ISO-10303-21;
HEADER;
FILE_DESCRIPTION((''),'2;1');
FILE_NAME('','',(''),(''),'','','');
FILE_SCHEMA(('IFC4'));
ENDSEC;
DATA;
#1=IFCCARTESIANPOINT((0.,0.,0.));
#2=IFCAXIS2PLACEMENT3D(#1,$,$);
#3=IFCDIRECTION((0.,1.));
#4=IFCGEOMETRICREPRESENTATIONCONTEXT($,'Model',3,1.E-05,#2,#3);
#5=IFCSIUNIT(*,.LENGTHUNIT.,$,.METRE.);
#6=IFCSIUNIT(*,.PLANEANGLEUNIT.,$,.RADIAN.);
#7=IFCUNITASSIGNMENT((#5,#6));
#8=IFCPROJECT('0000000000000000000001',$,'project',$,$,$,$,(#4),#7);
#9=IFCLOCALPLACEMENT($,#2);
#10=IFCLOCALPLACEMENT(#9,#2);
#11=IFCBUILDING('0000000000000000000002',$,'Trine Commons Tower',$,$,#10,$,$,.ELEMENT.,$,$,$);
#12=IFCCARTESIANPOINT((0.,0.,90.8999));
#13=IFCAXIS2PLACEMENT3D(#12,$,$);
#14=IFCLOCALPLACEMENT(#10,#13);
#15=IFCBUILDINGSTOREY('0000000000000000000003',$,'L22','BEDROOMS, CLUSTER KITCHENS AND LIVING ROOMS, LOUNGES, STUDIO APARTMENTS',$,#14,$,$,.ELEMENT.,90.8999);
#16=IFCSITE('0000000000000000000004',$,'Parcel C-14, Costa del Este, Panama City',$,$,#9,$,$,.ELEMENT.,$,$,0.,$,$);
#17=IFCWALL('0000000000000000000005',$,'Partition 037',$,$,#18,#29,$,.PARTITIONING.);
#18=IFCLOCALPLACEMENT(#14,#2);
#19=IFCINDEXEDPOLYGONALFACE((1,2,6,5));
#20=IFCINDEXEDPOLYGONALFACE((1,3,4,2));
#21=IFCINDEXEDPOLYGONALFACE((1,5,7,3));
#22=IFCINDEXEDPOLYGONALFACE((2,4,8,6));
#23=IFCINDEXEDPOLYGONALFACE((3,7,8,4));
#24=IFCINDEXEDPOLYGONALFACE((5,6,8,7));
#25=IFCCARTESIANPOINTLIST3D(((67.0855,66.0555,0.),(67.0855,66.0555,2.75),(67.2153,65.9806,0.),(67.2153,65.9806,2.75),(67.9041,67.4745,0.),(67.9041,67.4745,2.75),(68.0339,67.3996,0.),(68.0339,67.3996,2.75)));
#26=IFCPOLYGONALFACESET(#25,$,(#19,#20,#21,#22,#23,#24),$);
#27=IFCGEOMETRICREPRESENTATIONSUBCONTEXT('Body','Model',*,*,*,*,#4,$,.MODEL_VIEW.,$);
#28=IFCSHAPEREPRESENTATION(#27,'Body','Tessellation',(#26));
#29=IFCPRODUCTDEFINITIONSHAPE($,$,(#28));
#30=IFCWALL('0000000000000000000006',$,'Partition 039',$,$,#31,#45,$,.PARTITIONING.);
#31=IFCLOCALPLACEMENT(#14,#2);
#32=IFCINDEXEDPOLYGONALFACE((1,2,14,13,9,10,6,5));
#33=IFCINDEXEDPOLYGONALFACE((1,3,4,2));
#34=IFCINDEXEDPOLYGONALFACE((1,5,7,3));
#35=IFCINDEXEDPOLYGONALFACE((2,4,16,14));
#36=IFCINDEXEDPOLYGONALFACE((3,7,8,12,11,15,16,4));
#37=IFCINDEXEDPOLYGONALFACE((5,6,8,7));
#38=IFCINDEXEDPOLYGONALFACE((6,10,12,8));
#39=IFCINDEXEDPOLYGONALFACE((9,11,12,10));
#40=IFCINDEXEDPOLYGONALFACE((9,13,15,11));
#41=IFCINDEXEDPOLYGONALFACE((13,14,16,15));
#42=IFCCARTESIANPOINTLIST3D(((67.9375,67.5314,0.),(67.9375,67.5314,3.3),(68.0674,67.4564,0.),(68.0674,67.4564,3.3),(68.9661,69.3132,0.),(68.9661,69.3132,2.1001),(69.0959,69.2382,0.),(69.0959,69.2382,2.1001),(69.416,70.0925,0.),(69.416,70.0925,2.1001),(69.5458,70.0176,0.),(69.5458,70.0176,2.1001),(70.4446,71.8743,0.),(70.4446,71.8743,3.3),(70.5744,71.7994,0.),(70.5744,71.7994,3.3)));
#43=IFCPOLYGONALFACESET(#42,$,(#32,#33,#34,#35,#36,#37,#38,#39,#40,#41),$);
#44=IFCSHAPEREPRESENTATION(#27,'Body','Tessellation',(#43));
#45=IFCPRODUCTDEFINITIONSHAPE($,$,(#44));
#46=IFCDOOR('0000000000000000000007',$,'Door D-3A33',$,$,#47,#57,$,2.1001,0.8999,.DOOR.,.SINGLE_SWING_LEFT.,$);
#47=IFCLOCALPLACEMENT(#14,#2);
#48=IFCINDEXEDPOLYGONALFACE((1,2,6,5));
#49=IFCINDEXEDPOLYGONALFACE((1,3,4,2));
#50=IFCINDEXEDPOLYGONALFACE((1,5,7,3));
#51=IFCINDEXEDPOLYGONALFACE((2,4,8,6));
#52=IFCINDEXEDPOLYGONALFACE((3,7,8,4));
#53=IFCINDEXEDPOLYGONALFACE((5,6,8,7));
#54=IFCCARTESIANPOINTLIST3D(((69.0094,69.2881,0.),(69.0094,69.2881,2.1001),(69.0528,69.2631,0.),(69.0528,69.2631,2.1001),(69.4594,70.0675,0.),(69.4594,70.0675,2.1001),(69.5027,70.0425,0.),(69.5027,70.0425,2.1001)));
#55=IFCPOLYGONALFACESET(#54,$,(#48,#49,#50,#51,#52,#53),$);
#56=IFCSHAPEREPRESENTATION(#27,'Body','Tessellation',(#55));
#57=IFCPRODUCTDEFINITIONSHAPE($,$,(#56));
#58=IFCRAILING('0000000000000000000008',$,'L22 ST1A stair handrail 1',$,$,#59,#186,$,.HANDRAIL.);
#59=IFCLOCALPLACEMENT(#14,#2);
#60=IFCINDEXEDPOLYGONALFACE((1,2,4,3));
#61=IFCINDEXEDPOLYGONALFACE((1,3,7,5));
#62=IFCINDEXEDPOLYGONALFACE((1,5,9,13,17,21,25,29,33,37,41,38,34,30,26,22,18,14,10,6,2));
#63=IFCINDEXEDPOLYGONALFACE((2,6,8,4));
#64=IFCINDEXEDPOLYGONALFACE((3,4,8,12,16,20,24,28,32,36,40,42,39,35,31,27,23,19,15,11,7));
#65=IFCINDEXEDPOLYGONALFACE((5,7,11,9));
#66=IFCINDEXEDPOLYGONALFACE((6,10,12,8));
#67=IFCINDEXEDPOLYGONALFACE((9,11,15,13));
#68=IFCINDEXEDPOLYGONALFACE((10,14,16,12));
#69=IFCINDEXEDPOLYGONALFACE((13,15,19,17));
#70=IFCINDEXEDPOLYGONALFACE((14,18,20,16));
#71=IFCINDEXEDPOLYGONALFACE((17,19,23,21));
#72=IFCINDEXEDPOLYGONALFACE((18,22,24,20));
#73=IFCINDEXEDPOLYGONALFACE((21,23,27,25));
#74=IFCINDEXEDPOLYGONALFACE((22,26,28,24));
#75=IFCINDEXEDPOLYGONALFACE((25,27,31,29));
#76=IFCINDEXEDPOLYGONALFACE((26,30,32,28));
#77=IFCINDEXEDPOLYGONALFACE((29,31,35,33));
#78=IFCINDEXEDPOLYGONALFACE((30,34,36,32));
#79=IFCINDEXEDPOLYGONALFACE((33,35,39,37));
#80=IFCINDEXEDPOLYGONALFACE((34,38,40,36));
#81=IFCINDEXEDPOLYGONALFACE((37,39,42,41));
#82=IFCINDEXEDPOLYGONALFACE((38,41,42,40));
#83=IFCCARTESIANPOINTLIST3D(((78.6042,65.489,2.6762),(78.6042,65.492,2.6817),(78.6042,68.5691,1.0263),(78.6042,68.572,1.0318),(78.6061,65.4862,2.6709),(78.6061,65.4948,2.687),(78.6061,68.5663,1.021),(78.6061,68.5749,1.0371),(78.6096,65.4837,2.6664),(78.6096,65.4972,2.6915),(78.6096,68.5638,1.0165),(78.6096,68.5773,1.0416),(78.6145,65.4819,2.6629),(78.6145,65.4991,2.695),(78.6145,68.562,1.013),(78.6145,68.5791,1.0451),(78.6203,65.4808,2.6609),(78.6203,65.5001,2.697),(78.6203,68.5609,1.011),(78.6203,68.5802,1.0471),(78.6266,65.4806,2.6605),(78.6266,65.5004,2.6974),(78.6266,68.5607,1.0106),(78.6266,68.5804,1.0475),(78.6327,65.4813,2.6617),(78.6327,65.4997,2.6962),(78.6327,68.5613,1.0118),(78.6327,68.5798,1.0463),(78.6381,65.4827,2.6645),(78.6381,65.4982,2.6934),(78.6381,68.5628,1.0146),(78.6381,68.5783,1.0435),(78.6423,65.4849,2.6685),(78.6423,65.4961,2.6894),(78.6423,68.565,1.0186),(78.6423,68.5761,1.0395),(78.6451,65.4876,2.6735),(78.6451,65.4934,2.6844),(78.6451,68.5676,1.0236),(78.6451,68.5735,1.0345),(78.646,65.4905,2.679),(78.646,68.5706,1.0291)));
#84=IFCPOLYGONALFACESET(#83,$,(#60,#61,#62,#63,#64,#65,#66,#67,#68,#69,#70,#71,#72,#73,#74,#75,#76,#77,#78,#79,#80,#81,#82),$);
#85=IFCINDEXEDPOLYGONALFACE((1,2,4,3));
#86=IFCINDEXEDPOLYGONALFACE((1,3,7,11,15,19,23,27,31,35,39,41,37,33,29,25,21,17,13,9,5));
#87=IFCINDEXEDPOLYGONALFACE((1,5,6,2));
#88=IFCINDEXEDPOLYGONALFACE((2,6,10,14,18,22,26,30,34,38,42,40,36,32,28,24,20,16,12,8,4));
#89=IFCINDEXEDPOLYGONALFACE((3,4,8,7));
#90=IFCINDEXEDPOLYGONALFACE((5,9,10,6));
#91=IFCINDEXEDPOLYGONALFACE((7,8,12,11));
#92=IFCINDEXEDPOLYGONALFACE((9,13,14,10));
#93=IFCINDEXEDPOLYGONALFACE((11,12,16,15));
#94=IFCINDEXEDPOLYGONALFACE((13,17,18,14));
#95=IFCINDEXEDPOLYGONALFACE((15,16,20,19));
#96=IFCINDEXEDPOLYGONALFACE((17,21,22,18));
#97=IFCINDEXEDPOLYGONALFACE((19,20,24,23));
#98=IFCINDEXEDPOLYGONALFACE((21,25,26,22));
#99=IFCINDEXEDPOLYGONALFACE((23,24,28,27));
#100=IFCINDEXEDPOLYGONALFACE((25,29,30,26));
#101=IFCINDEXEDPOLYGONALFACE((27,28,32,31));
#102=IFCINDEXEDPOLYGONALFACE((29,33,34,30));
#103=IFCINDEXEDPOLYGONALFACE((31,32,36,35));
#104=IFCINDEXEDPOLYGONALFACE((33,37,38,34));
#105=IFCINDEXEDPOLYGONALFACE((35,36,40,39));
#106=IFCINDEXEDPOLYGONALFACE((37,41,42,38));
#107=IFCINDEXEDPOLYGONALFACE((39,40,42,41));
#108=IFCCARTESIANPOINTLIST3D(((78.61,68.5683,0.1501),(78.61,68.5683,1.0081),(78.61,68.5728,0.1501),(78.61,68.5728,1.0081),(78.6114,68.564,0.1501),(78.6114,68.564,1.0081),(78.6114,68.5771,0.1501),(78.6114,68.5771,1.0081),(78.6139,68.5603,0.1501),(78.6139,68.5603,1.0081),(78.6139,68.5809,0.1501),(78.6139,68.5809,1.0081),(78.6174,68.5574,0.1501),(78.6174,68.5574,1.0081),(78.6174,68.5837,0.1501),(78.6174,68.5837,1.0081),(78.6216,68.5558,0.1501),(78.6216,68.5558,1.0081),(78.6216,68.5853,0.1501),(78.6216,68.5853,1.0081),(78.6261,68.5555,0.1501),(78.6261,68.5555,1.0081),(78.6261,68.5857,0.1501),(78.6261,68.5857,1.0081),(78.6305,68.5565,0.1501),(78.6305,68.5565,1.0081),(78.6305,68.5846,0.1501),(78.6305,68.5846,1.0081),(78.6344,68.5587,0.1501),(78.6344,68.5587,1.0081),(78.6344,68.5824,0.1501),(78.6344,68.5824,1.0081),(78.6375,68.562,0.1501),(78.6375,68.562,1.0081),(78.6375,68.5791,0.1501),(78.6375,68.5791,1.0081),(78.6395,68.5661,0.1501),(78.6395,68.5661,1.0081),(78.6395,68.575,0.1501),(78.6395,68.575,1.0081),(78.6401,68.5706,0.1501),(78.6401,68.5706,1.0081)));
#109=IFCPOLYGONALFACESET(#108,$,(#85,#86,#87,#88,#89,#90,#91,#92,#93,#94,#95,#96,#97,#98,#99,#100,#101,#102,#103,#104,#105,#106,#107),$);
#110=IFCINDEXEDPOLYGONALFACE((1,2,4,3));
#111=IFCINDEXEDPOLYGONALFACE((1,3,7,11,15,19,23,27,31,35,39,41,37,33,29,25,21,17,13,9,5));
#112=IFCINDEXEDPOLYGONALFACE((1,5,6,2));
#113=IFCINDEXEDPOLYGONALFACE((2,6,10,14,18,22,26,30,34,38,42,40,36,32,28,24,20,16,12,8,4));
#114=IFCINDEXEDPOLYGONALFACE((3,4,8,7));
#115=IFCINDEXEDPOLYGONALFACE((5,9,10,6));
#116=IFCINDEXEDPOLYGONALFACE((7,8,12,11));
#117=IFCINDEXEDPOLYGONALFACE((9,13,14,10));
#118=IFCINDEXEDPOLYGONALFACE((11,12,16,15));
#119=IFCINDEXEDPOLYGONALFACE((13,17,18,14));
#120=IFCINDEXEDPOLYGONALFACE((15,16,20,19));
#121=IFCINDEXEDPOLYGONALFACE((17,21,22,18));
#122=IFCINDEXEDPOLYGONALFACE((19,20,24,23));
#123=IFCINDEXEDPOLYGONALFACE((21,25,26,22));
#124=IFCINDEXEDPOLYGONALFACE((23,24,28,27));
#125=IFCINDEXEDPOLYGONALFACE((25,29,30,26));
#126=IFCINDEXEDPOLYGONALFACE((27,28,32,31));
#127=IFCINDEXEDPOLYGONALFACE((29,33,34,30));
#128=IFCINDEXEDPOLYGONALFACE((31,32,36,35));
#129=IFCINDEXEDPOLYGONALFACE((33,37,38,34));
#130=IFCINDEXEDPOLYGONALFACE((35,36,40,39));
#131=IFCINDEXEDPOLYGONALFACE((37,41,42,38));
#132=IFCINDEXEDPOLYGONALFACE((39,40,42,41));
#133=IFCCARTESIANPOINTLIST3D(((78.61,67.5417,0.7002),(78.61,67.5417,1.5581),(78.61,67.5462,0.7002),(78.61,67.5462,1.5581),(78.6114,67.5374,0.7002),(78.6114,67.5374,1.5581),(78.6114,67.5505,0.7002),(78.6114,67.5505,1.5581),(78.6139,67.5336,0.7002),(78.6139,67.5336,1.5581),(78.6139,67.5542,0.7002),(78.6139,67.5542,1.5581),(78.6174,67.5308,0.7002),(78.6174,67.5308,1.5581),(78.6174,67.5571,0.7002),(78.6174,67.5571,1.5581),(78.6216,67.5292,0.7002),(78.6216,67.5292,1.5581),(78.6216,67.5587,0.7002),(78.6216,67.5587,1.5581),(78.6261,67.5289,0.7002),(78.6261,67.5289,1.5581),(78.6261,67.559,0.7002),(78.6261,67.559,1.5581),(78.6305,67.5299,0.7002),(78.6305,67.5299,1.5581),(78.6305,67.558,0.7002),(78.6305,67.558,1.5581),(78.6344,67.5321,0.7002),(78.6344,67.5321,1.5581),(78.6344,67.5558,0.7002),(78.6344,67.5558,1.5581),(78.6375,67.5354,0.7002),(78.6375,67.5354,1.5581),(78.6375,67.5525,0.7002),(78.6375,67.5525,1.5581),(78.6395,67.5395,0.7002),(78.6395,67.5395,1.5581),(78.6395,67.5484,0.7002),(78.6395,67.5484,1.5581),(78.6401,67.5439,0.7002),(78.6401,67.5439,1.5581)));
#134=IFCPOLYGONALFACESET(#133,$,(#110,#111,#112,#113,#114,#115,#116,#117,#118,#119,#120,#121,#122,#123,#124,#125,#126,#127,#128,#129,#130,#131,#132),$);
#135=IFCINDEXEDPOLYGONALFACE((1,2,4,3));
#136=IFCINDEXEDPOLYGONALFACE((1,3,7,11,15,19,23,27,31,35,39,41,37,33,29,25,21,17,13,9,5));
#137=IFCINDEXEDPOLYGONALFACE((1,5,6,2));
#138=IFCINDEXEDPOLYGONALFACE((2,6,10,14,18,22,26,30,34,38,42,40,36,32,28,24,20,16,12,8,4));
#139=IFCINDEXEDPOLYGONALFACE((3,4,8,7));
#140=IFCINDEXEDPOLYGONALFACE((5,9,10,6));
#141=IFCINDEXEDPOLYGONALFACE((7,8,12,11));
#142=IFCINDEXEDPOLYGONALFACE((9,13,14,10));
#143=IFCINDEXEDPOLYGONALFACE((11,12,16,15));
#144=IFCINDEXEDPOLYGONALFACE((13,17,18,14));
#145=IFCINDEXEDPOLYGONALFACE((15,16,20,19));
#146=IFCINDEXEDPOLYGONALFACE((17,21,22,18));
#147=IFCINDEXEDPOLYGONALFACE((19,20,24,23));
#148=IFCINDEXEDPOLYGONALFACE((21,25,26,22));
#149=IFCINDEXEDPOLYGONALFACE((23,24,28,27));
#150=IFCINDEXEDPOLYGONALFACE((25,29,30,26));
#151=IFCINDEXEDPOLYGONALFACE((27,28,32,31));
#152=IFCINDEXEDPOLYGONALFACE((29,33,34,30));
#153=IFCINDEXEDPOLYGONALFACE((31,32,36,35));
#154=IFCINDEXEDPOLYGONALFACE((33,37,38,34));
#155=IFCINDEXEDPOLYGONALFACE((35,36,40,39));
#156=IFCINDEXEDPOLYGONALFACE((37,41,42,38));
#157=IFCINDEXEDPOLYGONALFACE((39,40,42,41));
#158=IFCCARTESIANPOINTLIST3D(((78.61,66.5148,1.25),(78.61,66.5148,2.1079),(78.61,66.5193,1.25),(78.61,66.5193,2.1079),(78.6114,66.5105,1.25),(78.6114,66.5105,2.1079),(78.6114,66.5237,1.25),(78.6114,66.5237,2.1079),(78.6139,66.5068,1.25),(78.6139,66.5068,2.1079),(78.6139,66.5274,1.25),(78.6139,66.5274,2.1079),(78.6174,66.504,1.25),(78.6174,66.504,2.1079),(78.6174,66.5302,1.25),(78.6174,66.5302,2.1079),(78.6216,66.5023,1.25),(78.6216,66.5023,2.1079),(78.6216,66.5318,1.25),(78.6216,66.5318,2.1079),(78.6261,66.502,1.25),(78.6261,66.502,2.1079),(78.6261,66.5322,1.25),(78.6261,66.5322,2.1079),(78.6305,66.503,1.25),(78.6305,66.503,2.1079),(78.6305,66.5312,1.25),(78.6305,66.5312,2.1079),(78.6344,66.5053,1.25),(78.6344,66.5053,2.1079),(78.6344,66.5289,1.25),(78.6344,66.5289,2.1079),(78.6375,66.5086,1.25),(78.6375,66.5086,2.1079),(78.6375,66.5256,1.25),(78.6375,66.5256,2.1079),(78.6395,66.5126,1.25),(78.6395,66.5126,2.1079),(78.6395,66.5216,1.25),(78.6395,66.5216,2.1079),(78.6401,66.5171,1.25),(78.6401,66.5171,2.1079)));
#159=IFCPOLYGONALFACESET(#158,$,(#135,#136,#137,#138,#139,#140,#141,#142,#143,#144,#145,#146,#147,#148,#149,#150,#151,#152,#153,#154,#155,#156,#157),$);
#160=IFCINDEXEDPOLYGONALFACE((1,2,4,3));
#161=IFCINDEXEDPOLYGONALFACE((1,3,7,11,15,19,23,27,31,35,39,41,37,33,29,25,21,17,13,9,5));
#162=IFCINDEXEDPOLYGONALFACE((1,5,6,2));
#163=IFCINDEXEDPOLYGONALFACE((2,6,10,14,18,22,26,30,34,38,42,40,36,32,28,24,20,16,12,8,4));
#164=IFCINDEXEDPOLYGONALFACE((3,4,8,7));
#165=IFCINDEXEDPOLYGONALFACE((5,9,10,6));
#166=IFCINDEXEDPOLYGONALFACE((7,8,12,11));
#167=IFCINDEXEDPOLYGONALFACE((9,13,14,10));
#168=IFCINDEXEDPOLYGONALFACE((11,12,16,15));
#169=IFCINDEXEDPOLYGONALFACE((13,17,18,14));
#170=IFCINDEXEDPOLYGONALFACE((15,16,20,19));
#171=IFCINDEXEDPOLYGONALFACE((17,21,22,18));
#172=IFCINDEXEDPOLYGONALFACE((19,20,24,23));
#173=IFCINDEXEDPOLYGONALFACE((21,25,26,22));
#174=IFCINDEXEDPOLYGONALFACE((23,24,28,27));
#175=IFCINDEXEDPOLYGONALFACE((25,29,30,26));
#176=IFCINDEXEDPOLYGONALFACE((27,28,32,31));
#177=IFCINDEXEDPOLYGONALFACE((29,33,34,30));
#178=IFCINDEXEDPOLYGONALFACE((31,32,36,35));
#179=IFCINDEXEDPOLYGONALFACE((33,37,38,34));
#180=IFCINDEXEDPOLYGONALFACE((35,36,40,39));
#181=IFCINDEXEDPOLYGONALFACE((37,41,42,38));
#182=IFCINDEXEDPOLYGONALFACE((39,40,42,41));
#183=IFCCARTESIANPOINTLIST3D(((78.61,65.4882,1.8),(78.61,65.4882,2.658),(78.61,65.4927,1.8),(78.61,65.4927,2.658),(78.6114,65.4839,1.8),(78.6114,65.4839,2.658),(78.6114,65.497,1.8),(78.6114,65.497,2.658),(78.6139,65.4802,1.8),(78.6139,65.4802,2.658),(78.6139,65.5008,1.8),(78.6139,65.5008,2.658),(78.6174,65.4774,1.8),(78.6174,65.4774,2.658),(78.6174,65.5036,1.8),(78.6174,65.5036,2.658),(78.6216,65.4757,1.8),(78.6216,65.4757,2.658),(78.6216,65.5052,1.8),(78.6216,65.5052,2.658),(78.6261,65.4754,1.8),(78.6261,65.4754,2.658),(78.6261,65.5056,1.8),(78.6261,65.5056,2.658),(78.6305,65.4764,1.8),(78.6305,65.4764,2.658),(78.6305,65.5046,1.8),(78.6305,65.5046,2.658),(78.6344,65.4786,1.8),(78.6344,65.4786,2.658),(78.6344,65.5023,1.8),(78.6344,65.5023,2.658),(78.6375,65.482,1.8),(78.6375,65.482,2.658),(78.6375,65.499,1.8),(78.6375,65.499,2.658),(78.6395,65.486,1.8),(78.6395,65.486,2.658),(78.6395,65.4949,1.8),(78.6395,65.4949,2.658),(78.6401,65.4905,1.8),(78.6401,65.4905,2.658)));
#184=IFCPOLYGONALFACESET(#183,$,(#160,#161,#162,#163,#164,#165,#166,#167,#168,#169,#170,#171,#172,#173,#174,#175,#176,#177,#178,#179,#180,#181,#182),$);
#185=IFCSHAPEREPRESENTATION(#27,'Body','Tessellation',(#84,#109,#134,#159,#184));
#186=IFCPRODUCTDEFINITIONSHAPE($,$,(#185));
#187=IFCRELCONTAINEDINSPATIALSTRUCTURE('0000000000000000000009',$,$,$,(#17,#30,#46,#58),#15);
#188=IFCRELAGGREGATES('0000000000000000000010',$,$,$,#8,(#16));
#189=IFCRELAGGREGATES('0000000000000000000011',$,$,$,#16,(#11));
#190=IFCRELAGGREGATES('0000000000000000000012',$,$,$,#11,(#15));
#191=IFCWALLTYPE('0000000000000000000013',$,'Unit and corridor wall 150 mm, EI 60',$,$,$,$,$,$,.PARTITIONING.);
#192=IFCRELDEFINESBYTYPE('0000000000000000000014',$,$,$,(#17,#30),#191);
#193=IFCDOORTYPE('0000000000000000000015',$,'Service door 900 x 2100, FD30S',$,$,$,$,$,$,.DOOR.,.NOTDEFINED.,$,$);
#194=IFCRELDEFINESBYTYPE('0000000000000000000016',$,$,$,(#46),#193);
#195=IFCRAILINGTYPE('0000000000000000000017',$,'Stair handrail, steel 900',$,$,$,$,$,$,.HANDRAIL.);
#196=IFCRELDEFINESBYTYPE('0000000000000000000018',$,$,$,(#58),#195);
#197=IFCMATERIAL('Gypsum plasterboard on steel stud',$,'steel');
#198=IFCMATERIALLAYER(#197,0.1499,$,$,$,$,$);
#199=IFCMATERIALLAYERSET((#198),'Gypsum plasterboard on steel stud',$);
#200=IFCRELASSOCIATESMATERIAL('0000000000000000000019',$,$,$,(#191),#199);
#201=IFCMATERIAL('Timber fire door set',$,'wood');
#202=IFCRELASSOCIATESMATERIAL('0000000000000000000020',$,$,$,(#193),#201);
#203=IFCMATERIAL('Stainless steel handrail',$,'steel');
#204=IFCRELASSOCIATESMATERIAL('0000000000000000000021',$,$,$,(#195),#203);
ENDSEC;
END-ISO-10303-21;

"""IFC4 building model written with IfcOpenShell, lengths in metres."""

from ifc_helpers import new_model, si_unit, direction, frame, frame_2d, origin, origin_2d, place, context, subcontext, project, spatial, rectangle, circle, extrude, material, layer, layer_set, type_object, element, fill, save


model = new_model("IFC4")

# Units and contexts
model_context = context("Model", 3, precision=1e-05, world=origin(), true_north=direction((0.0, 1.0)))
body_context = subcontext(model_context, "Body", "Model", "MODEL_VIEW")
ifc_project = project(units=[si_unit("LENGTHUNIT", "METRE"), si_unit("PLANEANGLEUNIT", "RADIAN")], contexts=[model_context])

# Site, building, storey
site_placement = place(None, origin())
site = spatial("IfcSite", under=ifc_project, at=site_placement, Name="Parcel C-14, Costa del Este, Panama City", CompositionType="ELEMENT", RefElevation=0.0)
building_placement = place(site_placement, origin())
building = spatial("IfcBuilding", under=site, at=building_placement, Name="Trine Commons Tower", CompositionType="ELEMENT")
storey_placement = place(building_placement, frame((0.0, 0.0, 90.8999)))
storey = spatial("IfcBuildingStorey", under=building, at=storey_placement, Name="L22", Description="BEDROOMS, CLUSTER KITCHENS AND LIVING ROOMS, LOUNGES, STUDIO APARTMENTS", CompositionType="ELEMENT", Elevation=90.8999)

# Shared definitions
ifc_material_1 = material(Name="Gypsum plasterboard on steel stud", Category="steel")
ifc_layer_1 = layer(ifc_material_1, 0.1499)
ifc_layer_set_1 = layer_set([ifc_layer_1], Name="Gypsum plasterboard on steel stud")
wall_type_1 = type_object("IfcWallType", Name="Unit and corridor wall 150 mm, EI 60", PredefinedType="PARTITIONING", material=ifc_layer_set_1)

# Wall
wall_1_placement = place(storey_placement, frame((67.1504, 66.0181, 0.0), z_axis=(0.0, 0.0, 1.0), x_axis=(0.499714, 0.866191, 0.0)))
element("IfcWall", 1, at=wall_1_placement, inside=storey, type_object=wall_type_1, Name="Partition 037", PredefinedType="PARTITIONING", context=body_context, shape_type="SweptSolid", body=[
    extrude(rectangle(XDim=1.6382, YDim=0.1499, at=frame_2d((0.8191, 0.0))), origin(), (0.0, 0.0, 1.0), 2.75),
])

# Wall, opening, door
wall_2_placement = place(storey_placement, frame((68.0024, 67.4939, 0.0), z_axis=(0.0, 0.0, 1.0), x_axis=(0.499946, 0.866057, 0.0)))
wall_2 = element("IfcWall", 2, at=wall_2_placement, inside=storey, type_object=wall_type_1, Name="Partition 039", PredefinedType="PARTITIONING", context=body_context, shape_type="SweptSolid", body=[
    extrude(rectangle(XDim=5.0146, YDim=0.1499, at=frame_2d((2.5073, 0.0))), origin(), (0.0, 0.0, 1.0), 3.3),
])
opening_1_placement = place(wall_2_placement, frame((2.0574, 0.0, 0.0)))
opening_1 = element("IfcOpeningElement", 3, at=opening_1_placement, cuts=wall_2, PredefinedType="OPENING", context=body_context, shape_type="SweptSolid", body=[
    extrude(rectangle(XDim=0.8999, YDim=2.1001, at=frame_2d((0.45, 1.05))), frame((0.0, 0.085, 0.0), z_axis=(0.0, -1.0, 0.0), x_axis=(1.0, 0.0, 0.0)), (0.0, 0.0, 1.0), 0.1699),
])
ifc_material_2 = material(Name="Timber fire door set", Category="wood")
door_type_1 = type_object("IfcDoorType", Name="Service door 900 x 2100, FD30S", OperationType="NOTDEFINED", PredefinedType="DOOR", material=ifc_material_2)
door_1_placement = place(opening_1_placement, origin())
door_1 = element("IfcDoor", 4, at=door_1_placement, inside=storey, type_object=door_type_1, Name="Door D-3A33", OperationType="SINGLE_SWING_LEFT", OverallHeight=2.1001, OverallWidth=0.8999, PredefinedType="DOOR", context=body_context, shape_type="SweptSolid", body=[
    extrude(rectangle(XDim=0.8999, YDim=2.1001, at=frame_2d((0.45, 1.05))), frame((0.0, 0.0249, 0.0), z_axis=(0.0, -1.0, 0.0), x_axis=(1.0, 0.0, 0.0)), (0.0, 0.0, 1.0), 0.05),
])
fill(opening_1, door_1)

# Railing
ifc_material_3 = material(Name="Stainless steel handrail", Category="steel")
railing_type = type_object("IfcRailingType", Name="Stair handrail, steel 900", PredefinedType="HANDRAIL", material=ifc_material_3)
railing_placement = place(storey_placement, frame((78.625, 68.5706, 0.1501)))
element("IfcRailing", 5, at=railing_placement, inside=storey, type_object=railing_type, Name="L22 ST1A stair handrail 1", PredefinedType="HANDRAIL", context=body_context, shape_type="SweptSolid", body=[
    extrude(circle(Radius=0.021, at=origin_2d()), frame((0.0, 0.0, 0.8789), z_axis=(0.0, -0.881497, 0.47219), x_axis=(1.0, 0.0, 0.0)), (0.0, 0.0, 1.0), 3.4941),
    extrude(circle(Radius=0.0151, at=origin_2d()), origin(), (0.0, 0.0, 1.0), 0.8579),
    extrude(circle(Radius=0.0151, at=origin_2d()), frame((0.0, -1.0266, 0.55)), (0.0, 0.0, 1.0), 0.8579),
    extrude(circle(Radius=0.0151, at=origin_2d()), frame((0.0, -2.0535, 1.0999)), (0.0, 0.0, 1.0), 0.8579),
    extrude(circle(Radius=0.0151, at=origin_2d()), frame((0.0, -3.0801, 1.6499)), (0.0, 0.0, 1.0), 0.8579),
])

save(model, "model.ifc")
